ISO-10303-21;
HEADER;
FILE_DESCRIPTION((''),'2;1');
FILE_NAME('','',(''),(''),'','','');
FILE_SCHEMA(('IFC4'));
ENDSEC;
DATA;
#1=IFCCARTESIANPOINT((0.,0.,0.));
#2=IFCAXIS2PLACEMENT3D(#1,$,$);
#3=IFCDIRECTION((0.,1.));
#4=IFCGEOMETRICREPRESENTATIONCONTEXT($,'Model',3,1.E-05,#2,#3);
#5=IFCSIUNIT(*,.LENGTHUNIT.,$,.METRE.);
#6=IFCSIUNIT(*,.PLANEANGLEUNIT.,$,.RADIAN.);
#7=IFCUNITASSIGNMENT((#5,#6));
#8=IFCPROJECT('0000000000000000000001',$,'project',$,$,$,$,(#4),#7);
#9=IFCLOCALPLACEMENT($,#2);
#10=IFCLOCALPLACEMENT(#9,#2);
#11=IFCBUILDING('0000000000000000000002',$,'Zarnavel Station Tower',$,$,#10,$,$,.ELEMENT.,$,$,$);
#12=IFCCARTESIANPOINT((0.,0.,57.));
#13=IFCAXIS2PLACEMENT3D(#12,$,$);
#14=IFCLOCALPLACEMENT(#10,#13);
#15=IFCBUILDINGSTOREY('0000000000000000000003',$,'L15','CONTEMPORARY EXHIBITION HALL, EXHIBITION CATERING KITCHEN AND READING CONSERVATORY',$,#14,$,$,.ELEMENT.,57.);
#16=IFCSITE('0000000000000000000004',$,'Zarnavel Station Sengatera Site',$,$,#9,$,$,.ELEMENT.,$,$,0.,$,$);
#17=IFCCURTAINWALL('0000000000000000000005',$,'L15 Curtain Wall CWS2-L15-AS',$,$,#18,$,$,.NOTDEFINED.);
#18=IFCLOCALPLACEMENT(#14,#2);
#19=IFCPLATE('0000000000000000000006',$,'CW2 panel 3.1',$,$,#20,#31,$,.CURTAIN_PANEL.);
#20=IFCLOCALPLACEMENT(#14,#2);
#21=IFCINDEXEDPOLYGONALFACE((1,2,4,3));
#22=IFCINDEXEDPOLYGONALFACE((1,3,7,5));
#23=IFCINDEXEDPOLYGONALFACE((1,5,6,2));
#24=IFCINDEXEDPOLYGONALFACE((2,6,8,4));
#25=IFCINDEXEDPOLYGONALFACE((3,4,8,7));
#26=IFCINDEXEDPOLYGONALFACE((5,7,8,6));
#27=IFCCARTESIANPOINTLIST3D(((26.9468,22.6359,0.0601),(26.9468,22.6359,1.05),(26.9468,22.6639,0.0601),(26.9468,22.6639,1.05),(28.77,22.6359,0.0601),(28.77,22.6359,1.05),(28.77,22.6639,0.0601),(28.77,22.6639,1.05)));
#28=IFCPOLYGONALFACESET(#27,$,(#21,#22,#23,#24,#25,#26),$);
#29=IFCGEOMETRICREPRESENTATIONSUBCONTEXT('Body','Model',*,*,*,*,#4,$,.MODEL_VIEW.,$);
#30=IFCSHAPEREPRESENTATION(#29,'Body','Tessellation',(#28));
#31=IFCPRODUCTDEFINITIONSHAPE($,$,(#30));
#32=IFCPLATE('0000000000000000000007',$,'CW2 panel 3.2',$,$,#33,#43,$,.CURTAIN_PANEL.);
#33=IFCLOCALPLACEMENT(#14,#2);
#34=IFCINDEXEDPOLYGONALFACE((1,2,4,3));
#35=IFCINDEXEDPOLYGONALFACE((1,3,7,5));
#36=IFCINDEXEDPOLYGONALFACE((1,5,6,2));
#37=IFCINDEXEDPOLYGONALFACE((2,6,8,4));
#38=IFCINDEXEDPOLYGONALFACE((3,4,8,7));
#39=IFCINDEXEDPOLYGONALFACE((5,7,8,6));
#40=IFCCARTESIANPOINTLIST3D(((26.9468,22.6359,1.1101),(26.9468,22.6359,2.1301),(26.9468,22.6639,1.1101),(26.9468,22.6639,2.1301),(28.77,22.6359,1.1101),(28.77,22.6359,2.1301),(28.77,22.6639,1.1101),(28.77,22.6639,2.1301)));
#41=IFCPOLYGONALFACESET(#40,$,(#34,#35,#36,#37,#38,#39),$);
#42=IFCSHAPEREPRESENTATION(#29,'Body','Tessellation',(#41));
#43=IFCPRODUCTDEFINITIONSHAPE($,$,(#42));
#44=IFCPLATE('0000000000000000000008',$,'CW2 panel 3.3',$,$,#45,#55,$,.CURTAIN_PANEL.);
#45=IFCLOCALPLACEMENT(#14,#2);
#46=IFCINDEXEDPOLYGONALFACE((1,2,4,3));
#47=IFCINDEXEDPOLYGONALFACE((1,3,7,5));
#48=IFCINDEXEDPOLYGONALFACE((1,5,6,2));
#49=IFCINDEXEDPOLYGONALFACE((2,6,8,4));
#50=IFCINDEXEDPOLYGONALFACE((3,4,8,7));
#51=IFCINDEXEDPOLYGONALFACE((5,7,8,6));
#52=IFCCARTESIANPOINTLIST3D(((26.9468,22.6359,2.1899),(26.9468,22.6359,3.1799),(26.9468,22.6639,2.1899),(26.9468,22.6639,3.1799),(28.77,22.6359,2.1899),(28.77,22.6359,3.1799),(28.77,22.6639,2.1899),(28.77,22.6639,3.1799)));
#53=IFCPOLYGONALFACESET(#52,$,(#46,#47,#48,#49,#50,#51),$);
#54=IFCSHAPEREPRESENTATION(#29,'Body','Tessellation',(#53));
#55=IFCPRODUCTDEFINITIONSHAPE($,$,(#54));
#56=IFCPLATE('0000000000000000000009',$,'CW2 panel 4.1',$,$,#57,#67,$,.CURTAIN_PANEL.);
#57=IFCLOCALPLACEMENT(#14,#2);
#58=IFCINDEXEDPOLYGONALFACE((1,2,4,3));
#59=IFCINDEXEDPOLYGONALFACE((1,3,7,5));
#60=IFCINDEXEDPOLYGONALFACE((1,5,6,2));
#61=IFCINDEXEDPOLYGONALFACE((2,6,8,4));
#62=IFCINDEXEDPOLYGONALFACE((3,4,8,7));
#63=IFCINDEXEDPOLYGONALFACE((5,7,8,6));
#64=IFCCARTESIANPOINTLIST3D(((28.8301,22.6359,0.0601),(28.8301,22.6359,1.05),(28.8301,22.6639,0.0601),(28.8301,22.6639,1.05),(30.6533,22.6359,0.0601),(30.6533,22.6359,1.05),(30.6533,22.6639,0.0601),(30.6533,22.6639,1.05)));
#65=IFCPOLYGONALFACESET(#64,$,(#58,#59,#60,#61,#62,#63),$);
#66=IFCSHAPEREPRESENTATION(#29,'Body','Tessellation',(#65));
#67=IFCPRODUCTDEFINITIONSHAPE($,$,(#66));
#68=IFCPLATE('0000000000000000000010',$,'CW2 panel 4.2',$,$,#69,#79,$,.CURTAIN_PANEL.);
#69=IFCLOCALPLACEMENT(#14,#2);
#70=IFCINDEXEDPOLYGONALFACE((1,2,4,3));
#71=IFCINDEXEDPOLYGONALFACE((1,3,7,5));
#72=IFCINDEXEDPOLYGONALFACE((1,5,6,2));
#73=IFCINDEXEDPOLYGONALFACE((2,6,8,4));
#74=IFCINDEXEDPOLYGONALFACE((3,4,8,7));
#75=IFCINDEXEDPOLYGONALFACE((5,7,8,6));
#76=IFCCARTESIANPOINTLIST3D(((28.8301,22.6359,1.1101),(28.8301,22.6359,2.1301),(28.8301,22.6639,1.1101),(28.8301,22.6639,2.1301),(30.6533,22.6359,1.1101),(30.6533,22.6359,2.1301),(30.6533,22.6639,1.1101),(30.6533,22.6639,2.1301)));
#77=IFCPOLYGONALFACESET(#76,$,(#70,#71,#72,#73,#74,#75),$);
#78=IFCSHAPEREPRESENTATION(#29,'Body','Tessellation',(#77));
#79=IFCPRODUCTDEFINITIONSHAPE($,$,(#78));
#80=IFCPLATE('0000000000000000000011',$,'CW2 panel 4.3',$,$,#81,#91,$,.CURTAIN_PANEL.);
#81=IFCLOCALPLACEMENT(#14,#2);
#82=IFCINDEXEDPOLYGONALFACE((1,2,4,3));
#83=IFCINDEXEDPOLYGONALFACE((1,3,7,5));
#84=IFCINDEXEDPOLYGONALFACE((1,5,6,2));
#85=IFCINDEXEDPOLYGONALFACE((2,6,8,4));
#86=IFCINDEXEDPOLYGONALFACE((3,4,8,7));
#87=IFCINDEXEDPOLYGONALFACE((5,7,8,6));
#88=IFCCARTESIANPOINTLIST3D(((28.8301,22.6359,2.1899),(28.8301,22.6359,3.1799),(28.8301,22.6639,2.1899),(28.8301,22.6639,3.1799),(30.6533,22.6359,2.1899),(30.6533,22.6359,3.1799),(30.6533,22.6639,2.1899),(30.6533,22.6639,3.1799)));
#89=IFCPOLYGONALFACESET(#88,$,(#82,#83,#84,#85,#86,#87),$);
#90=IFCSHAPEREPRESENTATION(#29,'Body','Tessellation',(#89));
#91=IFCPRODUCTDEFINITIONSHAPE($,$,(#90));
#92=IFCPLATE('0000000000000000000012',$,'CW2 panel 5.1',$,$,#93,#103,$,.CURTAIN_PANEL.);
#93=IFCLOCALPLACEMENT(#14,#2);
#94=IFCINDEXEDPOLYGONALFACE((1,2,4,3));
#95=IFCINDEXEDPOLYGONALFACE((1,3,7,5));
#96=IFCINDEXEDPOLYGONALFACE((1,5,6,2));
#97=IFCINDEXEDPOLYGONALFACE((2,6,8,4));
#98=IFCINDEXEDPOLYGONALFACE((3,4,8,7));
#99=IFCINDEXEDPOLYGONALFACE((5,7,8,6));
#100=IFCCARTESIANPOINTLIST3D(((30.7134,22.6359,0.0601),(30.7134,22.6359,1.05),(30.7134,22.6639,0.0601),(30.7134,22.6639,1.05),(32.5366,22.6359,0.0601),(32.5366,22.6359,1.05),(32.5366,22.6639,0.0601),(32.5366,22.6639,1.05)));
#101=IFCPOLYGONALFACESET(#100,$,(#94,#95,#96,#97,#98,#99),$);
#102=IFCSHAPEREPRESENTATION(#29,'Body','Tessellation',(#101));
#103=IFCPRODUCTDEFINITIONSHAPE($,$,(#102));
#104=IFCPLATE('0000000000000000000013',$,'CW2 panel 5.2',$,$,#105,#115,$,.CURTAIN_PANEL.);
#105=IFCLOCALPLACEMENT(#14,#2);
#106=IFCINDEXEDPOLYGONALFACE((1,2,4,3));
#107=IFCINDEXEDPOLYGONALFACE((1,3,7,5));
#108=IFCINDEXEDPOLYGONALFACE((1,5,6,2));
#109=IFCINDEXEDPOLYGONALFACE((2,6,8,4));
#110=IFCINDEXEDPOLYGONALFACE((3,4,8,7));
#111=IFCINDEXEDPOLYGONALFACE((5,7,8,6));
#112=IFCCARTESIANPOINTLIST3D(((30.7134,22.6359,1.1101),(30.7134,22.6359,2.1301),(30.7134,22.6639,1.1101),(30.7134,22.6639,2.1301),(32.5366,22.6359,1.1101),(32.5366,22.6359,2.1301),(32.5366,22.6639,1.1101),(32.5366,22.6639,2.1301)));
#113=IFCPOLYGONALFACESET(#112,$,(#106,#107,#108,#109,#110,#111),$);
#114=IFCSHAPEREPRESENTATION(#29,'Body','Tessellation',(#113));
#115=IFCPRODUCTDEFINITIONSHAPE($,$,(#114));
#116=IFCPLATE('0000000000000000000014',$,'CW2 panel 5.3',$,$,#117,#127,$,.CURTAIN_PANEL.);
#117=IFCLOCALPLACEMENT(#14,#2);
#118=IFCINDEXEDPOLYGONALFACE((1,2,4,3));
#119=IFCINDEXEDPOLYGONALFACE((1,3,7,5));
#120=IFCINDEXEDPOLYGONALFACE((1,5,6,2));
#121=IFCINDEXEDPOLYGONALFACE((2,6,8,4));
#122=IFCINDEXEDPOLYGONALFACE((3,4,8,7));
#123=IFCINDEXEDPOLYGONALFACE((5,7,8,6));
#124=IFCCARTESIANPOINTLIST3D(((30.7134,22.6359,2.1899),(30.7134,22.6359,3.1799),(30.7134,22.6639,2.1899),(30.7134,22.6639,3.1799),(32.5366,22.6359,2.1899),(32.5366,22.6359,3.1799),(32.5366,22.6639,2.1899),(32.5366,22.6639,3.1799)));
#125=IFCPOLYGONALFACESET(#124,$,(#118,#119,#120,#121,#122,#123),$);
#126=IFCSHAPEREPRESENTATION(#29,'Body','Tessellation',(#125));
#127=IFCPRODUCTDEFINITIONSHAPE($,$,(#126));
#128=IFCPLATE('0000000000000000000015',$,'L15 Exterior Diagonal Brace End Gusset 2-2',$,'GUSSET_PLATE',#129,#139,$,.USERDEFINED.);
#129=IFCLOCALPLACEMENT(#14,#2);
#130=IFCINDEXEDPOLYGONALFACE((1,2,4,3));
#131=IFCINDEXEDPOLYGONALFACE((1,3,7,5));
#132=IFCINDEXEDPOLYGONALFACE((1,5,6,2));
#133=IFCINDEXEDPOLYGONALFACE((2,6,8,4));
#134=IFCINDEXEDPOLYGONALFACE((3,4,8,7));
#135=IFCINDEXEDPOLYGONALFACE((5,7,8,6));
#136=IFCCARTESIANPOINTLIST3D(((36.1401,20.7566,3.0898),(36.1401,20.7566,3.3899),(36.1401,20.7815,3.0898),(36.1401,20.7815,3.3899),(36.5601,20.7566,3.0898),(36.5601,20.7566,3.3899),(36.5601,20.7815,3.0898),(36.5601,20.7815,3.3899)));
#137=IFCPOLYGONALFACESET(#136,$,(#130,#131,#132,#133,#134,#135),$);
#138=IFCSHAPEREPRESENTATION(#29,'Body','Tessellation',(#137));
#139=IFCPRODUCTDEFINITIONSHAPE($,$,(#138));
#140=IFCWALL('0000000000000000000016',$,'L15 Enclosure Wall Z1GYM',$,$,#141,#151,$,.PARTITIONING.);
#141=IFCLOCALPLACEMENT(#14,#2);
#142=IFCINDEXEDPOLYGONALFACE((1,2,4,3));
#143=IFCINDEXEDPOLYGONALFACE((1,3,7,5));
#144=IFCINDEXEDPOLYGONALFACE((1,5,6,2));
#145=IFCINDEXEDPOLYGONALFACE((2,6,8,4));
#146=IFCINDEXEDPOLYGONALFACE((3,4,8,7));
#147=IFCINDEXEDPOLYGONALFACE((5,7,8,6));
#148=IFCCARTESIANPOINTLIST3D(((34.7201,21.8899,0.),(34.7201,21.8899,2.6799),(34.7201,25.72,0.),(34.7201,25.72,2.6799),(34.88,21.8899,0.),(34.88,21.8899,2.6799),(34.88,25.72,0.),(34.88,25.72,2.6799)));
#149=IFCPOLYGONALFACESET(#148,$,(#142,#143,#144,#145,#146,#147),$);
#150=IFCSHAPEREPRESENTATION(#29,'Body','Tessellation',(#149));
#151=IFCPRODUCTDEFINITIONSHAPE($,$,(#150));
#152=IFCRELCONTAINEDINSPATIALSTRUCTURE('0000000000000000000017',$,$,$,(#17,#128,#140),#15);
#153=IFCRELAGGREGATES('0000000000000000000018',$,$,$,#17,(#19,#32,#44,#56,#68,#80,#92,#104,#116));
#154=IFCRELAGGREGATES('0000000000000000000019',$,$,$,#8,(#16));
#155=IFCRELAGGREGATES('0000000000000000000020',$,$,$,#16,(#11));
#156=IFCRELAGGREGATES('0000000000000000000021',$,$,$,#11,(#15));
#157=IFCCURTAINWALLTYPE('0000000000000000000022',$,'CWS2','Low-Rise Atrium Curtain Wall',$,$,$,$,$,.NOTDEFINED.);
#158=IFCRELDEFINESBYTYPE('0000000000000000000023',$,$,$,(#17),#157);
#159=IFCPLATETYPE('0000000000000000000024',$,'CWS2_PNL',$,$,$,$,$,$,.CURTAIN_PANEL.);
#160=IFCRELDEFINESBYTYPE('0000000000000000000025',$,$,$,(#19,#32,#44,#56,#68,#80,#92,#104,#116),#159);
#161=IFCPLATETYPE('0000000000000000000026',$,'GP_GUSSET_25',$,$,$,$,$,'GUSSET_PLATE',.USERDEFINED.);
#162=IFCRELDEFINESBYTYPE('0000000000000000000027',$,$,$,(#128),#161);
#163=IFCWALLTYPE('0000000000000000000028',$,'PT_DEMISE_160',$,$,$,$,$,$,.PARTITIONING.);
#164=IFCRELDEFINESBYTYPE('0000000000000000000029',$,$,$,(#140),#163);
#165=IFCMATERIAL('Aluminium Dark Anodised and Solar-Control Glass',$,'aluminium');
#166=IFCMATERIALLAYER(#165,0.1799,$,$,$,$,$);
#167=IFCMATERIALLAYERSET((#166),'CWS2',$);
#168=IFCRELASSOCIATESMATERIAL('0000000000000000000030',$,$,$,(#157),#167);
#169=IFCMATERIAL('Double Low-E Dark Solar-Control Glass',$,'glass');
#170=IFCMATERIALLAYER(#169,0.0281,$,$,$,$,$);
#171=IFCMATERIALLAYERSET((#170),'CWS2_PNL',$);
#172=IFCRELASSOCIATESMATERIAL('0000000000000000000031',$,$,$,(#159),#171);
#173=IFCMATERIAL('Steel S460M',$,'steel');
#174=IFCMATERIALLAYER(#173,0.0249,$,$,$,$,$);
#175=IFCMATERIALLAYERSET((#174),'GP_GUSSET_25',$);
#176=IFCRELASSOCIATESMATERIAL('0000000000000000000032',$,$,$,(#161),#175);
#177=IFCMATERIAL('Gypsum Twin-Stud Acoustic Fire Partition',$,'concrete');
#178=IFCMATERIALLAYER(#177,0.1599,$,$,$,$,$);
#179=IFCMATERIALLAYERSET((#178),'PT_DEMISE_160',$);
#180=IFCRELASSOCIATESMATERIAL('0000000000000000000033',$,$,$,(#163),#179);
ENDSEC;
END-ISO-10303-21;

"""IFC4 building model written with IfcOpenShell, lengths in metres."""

from ifc_helpers import new_model, si_unit, direction, frame, frame_2d, origin, origin_2d, place, context, subcontext, project, spatial, rectangle, extrude, material, layer, layer_set, type_object, element, aggregate, save


model = new_model("IFC4")

# Units and contexts
model_context = context("Model", 3, precision=1e-05, world=origin(), true_north=direction((0.0, 1.0)))
body_context = subcontext(model_context, "Body", "Model", "MODEL_VIEW")
ifc_project = project(units=[si_unit("LENGTHUNIT", "METRE"), si_unit("PLANEANGLEUNIT", "RADIAN")], contexts=[model_context])

# Site, building, storey
site_placement = place(None, origin())
site = spatial("IfcSite", under=ifc_project, at=site_placement, Name="Zarnavel Station Sengatera Site", CompositionType="ELEMENT", RefElevation=0.0)
building_placement = place(site_placement, origin())
building = spatial("IfcBuilding", under=site, at=building_placement, Name="Zarnavel Station Tower", CompositionType="ELEMENT")
storey_placement = place(building_placement, frame((0.0, 0.0, 57.0)))
storey = spatial("IfcBuildingStorey", under=building, at=storey_placement, Name="L15", Description="CONTEMPORARY EXHIBITION HALL, EXHIBITION CATERING KITCHEN AND READING CONSERVATORY", CompositionType="ELEMENT", Elevation=57.0)

# Curtain wall
ifc_material_1 = material(Name="Aluminium Dark Anodised and Solar-Control Glass", Category="aluminium")
ifc_layer_1 = layer(ifc_material_1, 0.1799)
ifc_layer_set_1 = layer_set([ifc_layer_1], Name="CWS2")
curtain_wall_type = type_object("IfcCurtainWallType", Name="CWS2", Description="Low-Rise Atrium Curtain Wall", PredefinedType="NOTDEFINED", material=ifc_layer_set_1)
curtain_wall_placement = place(storey_placement, origin())
curtain_wall = element("IfcCurtainWall", 1, at=curtain_wall_placement, inside=storey, type_object=curtain_wall_type, Name="L15 Curtain Wall CWS2-L15-AS", PredefinedType="NOTDEFINED")

# Plates
ifc_material_2 = material(Name="Double Low-E Dark Solar-Control Glass", Category="glass")
ifc_layer_2 = layer(ifc_material_2, 0.0281)
ifc_layer_set_2 = layer_set([ifc_layer_2], Name="CWS2_PNL")
plate_type_1 = type_object("IfcPlateType", Name="CWS2_PNL", PredefinedType="CURTAIN_PANEL", material=ifc_layer_set_2)
plate_1_placement = place(storey_placement, frame((27.8584, 22.6499, 0.0601), z_axis=(0.0, 0.0, 1.0), x_axis=(1.0, 0.0, 0.0)))
plate_1 = element("IfcPlate", 2, at=plate_1_placement, type_object=plate_type_1, Name="CW2 panel 3.1", PredefinedType="CURTAIN_PANEL", context=body_context, shape_type="SweptSolid", body=[
    extrude(rectangle(XDim=1.8232, YDim=0.0281, at=origin_2d()), origin(), (0.0, 0.0, 1.0), 0.99),
])
plate_2_placement = place(storey_placement, frame((27.8584, 22.6499, 1.1101), z_axis=(0.0, 0.0, 1.0), x_axis=(1.0, 0.0, 0.0)))
plate_2 = element("IfcPlate", 3, at=plate_2_placement, type_object=plate_type_1, Name="CW2 panel 3.2", PredefinedType="CURTAIN_PANEL", context=body_context, shape_type="SweptSolid", body=[
    extrude(rectangle(XDim=1.8232, YDim=0.0281, at=origin_2d()), origin(), (0.0, 0.0, 1.0), 1.02),
])
plate_3_placement = place(storey_placement, frame((27.8584, 22.6499, 2.1899), z_axis=(0.0, 0.0, 1.0), x_axis=(1.0, 0.0, 0.0)))
plate_3 = element("IfcPlate", 4, at=plate_3_placement, type_object=plate_type_1, Name="CW2 panel 3.3", PredefinedType="CURTAIN_PANEL", context=body_context, shape_type="SweptSolid", body=[
    extrude(rectangle(XDim=1.8232, YDim=0.0281, at=origin_2d()), origin(), (0.0, 0.0, 1.0), 0.99),
])
plate_4_placement = place(storey_placement, frame((29.7417, 22.6499, 0.0601), z_axis=(0.0, 0.0, 1.0), x_axis=(1.0, 0.0, 0.0)))
plate_4 = element("IfcPlate", 5, at=plate_4_placement, type_object=plate_type_1, Name="CW2 panel 4.1", PredefinedType="CURTAIN_PANEL", context=body_context, shape_type="SweptSolid", body=[
    extrude(rectangle(XDim=1.8232, YDim=0.0281, at=origin_2d()), origin(), (0.0, 0.0, 1.0), 0.99),
])
plate_5_placement = place(storey_placement, frame((29.7417, 22.6499, 1.1101), z_axis=(0.0, 0.0, 1.0), x_axis=(1.0, 0.0, 0.0)))
plate_5 = element("IfcPlate", 6, at=plate_5_placement, type_object=plate_type_1, Name="CW2 panel 4.2", PredefinedType="CURTAIN_PANEL", context=body_context, shape_type="SweptSolid", body=[
    extrude(rectangle(XDim=1.8232, YDim=0.0281, at=origin_2d()), origin(), (0.0, 0.0, 1.0), 1.02),
])
plate_6_placement = place(storey_placement, frame((29.7417, 22.6499, 2.1899), z_axis=(0.0, 0.0, 1.0), x_axis=(1.0, 0.0, 0.0)))
plate_6 = element("IfcPlate", 7, at=plate_6_placement, type_object=plate_type_1, Name="CW2 panel 4.3", PredefinedType="CURTAIN_PANEL", context=body_context, shape_type="SweptSolid", body=[
    extrude(rectangle(XDim=1.8232, YDim=0.0281, at=origin_2d()), origin(), (0.0, 0.0, 1.0), 0.99),
])
plate_7_placement = place(storey_placement, frame((31.625, 22.6499, 0.0601), z_axis=(0.0, 0.0, 1.0), x_axis=(1.0, 0.0, 0.0)))
plate_7 = element("IfcPlate", 8, at=plate_7_placement, type_object=plate_type_1, Name="CW2 panel 5.1", PredefinedType="CURTAIN_PANEL", context=body_context, shape_type="SweptSolid", body=[
    extrude(rectangle(XDim=1.8232, YDim=0.0281, at=origin_2d()), origin(), (0.0, 0.0, 1.0), 0.99),
])
plate_8_placement = place(storey_placement, frame((31.625, 22.6499, 1.1101), z_axis=(0.0, 0.0, 1.0), x_axis=(1.0, 0.0, 0.0)))
plate_8 = element("IfcPlate", 9, at=plate_8_placement, type_object=plate_type_1, Name="CW2 panel 5.2", PredefinedType="CURTAIN_PANEL", context=body_context, shape_type="SweptSolid", body=[
    extrude(rectangle(XDim=1.8232, YDim=0.0281, at=origin_2d()), origin(), (0.0, 0.0, 1.0), 1.02),
])
plate_9_placement = place(storey_placement, frame((31.625, 22.6499, 2.1899), z_axis=(0.0, 0.0, 1.0), x_axis=(1.0, 0.0, 0.0)))
plate_9 = element("IfcPlate", 10, at=plate_9_placement, type_object=plate_type_1, Name="CW2 panel 5.3", PredefinedType="CURTAIN_PANEL", context=body_context, shape_type="SweptSolid", body=[
    extrude(rectangle(XDim=1.8232, YDim=0.0281, at=origin_2d()), origin(), (0.0, 0.0, 1.0), 0.99),
])
aggregate(curtain_wall, [plate_1, plate_2, plate_3, plate_4, plate_5, plate_6, plate_7, plate_8, plate_9])
ifc_material_3 = material(Name="Steel S460M", Category="steel")
ifc_layer_3 = layer(ifc_material_3, 0.0249)
ifc_layer_set_3 = layer_set([ifc_layer_3], Name="GP_GUSSET_25")
plate_type_2 = type_object("IfcPlateType", Name="GP_GUSSET_25", ElementType="GUSSET_PLATE", PredefinedType="USERDEFINED", material=ifc_layer_set_3)
plate_10_placement = place(storey_placement, frame((36.3501, 20.769, 3.0898), z_axis=(0.0, 0.0, 1.0), x_axis=(1.0, 0.0, 0.0)))
element("IfcPlate", 11, at=plate_10_placement, inside=storey, type_object=plate_type_2, Name="L15 Exterior Diagonal Brace End Gusset 2-2", ObjectType="GUSSET_PLATE", PredefinedType="USERDEFINED", context=body_context, shape_type="SweptSolid", body=[
    extrude(rectangle(XDim=0.4199, YDim=0.0249, at=origin_2d()), origin(), (0.0, 0.0, 1.0), 0.3),
])

# Wall
ifc_material_4 = material(Name="Gypsum Twin-Stud Acoustic Fire Partition", Category="concrete")
ifc_layer_4 = layer(ifc_material_4, 0.1599)
ifc_layer_set_4 = layer_set([ifc_layer_4], Name="PT_DEMISE_160")
wall_type = type_object("IfcWallType", Name="PT_DEMISE_160", PredefinedType="PARTITIONING", material=ifc_layer_set_4)
wall_placement = place(storey_placement, frame((34.8, 21.8899, 0.0), z_axis=(0.0, 0.0, 1.0), x_axis=(0.0, 1.0, 0.0)))
element("IfcWall", 12, at=wall_placement, inside=storey, type_object=wall_type, Name="L15 Enclosure Wall Z1GYM", PredefinedType="PARTITIONING", context=body_context, shape_type="SweptSolid", body=[
    extrude(rectangle(XDim=3.8301, YDim=0.1599, at=frame_2d((1.915, 0.0))), origin(), (0.0, 0.0, 1.0), 2.6799),
])

save(model, "model.ifc")
